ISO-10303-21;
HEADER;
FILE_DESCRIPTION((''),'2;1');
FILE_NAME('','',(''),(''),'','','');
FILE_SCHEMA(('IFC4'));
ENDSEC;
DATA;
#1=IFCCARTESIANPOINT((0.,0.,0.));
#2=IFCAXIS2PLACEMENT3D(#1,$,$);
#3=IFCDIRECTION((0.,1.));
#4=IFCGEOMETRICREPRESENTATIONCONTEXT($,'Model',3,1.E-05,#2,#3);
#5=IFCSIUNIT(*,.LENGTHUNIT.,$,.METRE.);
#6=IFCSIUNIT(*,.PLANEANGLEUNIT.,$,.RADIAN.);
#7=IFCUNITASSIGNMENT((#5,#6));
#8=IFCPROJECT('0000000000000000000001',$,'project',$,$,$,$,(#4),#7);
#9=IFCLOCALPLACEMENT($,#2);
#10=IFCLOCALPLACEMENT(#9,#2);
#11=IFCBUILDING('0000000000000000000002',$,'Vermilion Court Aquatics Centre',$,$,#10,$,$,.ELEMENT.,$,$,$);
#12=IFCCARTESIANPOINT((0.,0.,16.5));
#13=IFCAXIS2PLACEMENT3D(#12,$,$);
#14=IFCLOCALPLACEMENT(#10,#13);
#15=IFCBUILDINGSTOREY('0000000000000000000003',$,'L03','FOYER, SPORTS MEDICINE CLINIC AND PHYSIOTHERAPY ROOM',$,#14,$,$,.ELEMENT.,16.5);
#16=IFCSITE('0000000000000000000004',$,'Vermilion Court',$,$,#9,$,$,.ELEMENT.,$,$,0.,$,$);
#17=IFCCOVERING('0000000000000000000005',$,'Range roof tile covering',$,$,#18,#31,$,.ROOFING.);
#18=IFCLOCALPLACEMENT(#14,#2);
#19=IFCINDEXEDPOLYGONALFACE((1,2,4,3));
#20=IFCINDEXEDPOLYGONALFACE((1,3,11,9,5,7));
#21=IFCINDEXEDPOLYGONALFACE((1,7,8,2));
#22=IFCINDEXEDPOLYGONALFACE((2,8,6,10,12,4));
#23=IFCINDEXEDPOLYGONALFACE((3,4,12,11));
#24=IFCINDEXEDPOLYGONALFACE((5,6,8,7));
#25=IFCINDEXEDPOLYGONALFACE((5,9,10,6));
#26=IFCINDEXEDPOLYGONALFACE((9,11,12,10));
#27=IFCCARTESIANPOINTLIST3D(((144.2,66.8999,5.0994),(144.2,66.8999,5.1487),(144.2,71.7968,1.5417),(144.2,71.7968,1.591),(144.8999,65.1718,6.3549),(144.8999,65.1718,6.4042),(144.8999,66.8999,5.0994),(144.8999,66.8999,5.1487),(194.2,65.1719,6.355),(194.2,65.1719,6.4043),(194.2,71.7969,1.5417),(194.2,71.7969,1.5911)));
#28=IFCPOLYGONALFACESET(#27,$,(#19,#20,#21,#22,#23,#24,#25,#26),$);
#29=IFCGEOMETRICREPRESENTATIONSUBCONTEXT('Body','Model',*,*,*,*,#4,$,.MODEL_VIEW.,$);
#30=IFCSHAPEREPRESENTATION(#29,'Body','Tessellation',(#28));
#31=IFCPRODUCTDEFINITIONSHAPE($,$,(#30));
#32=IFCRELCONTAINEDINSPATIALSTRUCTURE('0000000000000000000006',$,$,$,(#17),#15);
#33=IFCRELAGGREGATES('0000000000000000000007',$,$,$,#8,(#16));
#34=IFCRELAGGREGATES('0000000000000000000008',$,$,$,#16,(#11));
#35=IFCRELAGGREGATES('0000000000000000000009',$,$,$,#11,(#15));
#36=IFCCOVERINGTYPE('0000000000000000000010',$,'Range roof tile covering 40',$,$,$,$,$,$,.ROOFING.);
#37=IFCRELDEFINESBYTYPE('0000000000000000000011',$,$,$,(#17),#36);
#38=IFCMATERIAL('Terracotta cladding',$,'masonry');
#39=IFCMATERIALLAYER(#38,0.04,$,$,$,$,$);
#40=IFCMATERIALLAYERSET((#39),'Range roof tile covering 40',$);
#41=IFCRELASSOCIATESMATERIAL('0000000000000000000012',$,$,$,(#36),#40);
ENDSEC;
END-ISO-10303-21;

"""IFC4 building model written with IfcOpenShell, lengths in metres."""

from ifc_helpers import new_model, si_unit, direction, frame, origin, place, context, subcontext, project, spatial, polyline, outline, extrude, material, layer, layer_set, type_object, element, save


model = new_model("IFC4")

# Units and contexts
model_context = context("Model", 3, precision=1e-05, world=origin(), true_north=direction((0.0, 1.0)))
body_context = subcontext(model_context, "Body", "Model", "MODEL_VIEW")
ifc_project = project(units=[si_unit("LENGTHUNIT", "METRE"), si_unit("PLANEANGLEUNIT", "RADIAN")], contexts=[model_context])

# Site, building, storey
site_placement = place(None, origin())
site = spatial("IfcSite", under=ifc_project, at=site_placement, Name="Vermilion Court", CompositionType="ELEMENT", RefElevation=0.0)
building_placement = place(site_placement, origin())
building = spatial("IfcBuilding", under=site, at=building_placement, Name="Vermilion Court Aquatics Centre", CompositionType="ELEMENT")
storey_placement = place(building_placement, frame((0.0, 0.0, 16.5)))
storey = spatial("IfcBuildingStorey", under=building, at=storey_placement, Name="L03", Description="FOYER, SPORTS MEDICINE CLINIC AND PHYSIOTHERAPY ROOM", CompositionType="ELEMENT", Elevation=16.5)

# Covering
ifc_material_1 = material(Name="Terracotta cladding", Category="masonry")
ifc_layer_1 = layer(ifc_material_1, 0.04)
ifc_layer_set_1 = layer_set([ifc_layer_1], Name="Range roof tile covering 40")
covering_type = type_object("IfcCoveringType", Name="Range roof tile covering 40", PredefinedType="ROOFING", material=ifc_layer_set_1)
covering_placement = place(storey_placement, frame((194.2, 65.1719, 6.4043), z_axis=(-0.000001, 0.587776, 0.809024), x_axis=(0.0, 0.809024, -0.587776)))
element("IfcCovering", 1, at=covering_placement, inside=storey, type_object=covering_type, Name="Range roof tile covering", PredefinedType="ROOFING", context=body_context, shape_type="SweptSolid", body=[
    extrude(outline(polyline([(0.0, 0.0), (8.1889, 0.0), (8.1889, 50.0), (2.136, 50.0), (2.136, 49.3), (0.0, 49.3), (0.0, 0.0)])), origin(), (0.587776, 0.000001, -0.809024), 0.0493),
])

save(model, "model.ifc")
